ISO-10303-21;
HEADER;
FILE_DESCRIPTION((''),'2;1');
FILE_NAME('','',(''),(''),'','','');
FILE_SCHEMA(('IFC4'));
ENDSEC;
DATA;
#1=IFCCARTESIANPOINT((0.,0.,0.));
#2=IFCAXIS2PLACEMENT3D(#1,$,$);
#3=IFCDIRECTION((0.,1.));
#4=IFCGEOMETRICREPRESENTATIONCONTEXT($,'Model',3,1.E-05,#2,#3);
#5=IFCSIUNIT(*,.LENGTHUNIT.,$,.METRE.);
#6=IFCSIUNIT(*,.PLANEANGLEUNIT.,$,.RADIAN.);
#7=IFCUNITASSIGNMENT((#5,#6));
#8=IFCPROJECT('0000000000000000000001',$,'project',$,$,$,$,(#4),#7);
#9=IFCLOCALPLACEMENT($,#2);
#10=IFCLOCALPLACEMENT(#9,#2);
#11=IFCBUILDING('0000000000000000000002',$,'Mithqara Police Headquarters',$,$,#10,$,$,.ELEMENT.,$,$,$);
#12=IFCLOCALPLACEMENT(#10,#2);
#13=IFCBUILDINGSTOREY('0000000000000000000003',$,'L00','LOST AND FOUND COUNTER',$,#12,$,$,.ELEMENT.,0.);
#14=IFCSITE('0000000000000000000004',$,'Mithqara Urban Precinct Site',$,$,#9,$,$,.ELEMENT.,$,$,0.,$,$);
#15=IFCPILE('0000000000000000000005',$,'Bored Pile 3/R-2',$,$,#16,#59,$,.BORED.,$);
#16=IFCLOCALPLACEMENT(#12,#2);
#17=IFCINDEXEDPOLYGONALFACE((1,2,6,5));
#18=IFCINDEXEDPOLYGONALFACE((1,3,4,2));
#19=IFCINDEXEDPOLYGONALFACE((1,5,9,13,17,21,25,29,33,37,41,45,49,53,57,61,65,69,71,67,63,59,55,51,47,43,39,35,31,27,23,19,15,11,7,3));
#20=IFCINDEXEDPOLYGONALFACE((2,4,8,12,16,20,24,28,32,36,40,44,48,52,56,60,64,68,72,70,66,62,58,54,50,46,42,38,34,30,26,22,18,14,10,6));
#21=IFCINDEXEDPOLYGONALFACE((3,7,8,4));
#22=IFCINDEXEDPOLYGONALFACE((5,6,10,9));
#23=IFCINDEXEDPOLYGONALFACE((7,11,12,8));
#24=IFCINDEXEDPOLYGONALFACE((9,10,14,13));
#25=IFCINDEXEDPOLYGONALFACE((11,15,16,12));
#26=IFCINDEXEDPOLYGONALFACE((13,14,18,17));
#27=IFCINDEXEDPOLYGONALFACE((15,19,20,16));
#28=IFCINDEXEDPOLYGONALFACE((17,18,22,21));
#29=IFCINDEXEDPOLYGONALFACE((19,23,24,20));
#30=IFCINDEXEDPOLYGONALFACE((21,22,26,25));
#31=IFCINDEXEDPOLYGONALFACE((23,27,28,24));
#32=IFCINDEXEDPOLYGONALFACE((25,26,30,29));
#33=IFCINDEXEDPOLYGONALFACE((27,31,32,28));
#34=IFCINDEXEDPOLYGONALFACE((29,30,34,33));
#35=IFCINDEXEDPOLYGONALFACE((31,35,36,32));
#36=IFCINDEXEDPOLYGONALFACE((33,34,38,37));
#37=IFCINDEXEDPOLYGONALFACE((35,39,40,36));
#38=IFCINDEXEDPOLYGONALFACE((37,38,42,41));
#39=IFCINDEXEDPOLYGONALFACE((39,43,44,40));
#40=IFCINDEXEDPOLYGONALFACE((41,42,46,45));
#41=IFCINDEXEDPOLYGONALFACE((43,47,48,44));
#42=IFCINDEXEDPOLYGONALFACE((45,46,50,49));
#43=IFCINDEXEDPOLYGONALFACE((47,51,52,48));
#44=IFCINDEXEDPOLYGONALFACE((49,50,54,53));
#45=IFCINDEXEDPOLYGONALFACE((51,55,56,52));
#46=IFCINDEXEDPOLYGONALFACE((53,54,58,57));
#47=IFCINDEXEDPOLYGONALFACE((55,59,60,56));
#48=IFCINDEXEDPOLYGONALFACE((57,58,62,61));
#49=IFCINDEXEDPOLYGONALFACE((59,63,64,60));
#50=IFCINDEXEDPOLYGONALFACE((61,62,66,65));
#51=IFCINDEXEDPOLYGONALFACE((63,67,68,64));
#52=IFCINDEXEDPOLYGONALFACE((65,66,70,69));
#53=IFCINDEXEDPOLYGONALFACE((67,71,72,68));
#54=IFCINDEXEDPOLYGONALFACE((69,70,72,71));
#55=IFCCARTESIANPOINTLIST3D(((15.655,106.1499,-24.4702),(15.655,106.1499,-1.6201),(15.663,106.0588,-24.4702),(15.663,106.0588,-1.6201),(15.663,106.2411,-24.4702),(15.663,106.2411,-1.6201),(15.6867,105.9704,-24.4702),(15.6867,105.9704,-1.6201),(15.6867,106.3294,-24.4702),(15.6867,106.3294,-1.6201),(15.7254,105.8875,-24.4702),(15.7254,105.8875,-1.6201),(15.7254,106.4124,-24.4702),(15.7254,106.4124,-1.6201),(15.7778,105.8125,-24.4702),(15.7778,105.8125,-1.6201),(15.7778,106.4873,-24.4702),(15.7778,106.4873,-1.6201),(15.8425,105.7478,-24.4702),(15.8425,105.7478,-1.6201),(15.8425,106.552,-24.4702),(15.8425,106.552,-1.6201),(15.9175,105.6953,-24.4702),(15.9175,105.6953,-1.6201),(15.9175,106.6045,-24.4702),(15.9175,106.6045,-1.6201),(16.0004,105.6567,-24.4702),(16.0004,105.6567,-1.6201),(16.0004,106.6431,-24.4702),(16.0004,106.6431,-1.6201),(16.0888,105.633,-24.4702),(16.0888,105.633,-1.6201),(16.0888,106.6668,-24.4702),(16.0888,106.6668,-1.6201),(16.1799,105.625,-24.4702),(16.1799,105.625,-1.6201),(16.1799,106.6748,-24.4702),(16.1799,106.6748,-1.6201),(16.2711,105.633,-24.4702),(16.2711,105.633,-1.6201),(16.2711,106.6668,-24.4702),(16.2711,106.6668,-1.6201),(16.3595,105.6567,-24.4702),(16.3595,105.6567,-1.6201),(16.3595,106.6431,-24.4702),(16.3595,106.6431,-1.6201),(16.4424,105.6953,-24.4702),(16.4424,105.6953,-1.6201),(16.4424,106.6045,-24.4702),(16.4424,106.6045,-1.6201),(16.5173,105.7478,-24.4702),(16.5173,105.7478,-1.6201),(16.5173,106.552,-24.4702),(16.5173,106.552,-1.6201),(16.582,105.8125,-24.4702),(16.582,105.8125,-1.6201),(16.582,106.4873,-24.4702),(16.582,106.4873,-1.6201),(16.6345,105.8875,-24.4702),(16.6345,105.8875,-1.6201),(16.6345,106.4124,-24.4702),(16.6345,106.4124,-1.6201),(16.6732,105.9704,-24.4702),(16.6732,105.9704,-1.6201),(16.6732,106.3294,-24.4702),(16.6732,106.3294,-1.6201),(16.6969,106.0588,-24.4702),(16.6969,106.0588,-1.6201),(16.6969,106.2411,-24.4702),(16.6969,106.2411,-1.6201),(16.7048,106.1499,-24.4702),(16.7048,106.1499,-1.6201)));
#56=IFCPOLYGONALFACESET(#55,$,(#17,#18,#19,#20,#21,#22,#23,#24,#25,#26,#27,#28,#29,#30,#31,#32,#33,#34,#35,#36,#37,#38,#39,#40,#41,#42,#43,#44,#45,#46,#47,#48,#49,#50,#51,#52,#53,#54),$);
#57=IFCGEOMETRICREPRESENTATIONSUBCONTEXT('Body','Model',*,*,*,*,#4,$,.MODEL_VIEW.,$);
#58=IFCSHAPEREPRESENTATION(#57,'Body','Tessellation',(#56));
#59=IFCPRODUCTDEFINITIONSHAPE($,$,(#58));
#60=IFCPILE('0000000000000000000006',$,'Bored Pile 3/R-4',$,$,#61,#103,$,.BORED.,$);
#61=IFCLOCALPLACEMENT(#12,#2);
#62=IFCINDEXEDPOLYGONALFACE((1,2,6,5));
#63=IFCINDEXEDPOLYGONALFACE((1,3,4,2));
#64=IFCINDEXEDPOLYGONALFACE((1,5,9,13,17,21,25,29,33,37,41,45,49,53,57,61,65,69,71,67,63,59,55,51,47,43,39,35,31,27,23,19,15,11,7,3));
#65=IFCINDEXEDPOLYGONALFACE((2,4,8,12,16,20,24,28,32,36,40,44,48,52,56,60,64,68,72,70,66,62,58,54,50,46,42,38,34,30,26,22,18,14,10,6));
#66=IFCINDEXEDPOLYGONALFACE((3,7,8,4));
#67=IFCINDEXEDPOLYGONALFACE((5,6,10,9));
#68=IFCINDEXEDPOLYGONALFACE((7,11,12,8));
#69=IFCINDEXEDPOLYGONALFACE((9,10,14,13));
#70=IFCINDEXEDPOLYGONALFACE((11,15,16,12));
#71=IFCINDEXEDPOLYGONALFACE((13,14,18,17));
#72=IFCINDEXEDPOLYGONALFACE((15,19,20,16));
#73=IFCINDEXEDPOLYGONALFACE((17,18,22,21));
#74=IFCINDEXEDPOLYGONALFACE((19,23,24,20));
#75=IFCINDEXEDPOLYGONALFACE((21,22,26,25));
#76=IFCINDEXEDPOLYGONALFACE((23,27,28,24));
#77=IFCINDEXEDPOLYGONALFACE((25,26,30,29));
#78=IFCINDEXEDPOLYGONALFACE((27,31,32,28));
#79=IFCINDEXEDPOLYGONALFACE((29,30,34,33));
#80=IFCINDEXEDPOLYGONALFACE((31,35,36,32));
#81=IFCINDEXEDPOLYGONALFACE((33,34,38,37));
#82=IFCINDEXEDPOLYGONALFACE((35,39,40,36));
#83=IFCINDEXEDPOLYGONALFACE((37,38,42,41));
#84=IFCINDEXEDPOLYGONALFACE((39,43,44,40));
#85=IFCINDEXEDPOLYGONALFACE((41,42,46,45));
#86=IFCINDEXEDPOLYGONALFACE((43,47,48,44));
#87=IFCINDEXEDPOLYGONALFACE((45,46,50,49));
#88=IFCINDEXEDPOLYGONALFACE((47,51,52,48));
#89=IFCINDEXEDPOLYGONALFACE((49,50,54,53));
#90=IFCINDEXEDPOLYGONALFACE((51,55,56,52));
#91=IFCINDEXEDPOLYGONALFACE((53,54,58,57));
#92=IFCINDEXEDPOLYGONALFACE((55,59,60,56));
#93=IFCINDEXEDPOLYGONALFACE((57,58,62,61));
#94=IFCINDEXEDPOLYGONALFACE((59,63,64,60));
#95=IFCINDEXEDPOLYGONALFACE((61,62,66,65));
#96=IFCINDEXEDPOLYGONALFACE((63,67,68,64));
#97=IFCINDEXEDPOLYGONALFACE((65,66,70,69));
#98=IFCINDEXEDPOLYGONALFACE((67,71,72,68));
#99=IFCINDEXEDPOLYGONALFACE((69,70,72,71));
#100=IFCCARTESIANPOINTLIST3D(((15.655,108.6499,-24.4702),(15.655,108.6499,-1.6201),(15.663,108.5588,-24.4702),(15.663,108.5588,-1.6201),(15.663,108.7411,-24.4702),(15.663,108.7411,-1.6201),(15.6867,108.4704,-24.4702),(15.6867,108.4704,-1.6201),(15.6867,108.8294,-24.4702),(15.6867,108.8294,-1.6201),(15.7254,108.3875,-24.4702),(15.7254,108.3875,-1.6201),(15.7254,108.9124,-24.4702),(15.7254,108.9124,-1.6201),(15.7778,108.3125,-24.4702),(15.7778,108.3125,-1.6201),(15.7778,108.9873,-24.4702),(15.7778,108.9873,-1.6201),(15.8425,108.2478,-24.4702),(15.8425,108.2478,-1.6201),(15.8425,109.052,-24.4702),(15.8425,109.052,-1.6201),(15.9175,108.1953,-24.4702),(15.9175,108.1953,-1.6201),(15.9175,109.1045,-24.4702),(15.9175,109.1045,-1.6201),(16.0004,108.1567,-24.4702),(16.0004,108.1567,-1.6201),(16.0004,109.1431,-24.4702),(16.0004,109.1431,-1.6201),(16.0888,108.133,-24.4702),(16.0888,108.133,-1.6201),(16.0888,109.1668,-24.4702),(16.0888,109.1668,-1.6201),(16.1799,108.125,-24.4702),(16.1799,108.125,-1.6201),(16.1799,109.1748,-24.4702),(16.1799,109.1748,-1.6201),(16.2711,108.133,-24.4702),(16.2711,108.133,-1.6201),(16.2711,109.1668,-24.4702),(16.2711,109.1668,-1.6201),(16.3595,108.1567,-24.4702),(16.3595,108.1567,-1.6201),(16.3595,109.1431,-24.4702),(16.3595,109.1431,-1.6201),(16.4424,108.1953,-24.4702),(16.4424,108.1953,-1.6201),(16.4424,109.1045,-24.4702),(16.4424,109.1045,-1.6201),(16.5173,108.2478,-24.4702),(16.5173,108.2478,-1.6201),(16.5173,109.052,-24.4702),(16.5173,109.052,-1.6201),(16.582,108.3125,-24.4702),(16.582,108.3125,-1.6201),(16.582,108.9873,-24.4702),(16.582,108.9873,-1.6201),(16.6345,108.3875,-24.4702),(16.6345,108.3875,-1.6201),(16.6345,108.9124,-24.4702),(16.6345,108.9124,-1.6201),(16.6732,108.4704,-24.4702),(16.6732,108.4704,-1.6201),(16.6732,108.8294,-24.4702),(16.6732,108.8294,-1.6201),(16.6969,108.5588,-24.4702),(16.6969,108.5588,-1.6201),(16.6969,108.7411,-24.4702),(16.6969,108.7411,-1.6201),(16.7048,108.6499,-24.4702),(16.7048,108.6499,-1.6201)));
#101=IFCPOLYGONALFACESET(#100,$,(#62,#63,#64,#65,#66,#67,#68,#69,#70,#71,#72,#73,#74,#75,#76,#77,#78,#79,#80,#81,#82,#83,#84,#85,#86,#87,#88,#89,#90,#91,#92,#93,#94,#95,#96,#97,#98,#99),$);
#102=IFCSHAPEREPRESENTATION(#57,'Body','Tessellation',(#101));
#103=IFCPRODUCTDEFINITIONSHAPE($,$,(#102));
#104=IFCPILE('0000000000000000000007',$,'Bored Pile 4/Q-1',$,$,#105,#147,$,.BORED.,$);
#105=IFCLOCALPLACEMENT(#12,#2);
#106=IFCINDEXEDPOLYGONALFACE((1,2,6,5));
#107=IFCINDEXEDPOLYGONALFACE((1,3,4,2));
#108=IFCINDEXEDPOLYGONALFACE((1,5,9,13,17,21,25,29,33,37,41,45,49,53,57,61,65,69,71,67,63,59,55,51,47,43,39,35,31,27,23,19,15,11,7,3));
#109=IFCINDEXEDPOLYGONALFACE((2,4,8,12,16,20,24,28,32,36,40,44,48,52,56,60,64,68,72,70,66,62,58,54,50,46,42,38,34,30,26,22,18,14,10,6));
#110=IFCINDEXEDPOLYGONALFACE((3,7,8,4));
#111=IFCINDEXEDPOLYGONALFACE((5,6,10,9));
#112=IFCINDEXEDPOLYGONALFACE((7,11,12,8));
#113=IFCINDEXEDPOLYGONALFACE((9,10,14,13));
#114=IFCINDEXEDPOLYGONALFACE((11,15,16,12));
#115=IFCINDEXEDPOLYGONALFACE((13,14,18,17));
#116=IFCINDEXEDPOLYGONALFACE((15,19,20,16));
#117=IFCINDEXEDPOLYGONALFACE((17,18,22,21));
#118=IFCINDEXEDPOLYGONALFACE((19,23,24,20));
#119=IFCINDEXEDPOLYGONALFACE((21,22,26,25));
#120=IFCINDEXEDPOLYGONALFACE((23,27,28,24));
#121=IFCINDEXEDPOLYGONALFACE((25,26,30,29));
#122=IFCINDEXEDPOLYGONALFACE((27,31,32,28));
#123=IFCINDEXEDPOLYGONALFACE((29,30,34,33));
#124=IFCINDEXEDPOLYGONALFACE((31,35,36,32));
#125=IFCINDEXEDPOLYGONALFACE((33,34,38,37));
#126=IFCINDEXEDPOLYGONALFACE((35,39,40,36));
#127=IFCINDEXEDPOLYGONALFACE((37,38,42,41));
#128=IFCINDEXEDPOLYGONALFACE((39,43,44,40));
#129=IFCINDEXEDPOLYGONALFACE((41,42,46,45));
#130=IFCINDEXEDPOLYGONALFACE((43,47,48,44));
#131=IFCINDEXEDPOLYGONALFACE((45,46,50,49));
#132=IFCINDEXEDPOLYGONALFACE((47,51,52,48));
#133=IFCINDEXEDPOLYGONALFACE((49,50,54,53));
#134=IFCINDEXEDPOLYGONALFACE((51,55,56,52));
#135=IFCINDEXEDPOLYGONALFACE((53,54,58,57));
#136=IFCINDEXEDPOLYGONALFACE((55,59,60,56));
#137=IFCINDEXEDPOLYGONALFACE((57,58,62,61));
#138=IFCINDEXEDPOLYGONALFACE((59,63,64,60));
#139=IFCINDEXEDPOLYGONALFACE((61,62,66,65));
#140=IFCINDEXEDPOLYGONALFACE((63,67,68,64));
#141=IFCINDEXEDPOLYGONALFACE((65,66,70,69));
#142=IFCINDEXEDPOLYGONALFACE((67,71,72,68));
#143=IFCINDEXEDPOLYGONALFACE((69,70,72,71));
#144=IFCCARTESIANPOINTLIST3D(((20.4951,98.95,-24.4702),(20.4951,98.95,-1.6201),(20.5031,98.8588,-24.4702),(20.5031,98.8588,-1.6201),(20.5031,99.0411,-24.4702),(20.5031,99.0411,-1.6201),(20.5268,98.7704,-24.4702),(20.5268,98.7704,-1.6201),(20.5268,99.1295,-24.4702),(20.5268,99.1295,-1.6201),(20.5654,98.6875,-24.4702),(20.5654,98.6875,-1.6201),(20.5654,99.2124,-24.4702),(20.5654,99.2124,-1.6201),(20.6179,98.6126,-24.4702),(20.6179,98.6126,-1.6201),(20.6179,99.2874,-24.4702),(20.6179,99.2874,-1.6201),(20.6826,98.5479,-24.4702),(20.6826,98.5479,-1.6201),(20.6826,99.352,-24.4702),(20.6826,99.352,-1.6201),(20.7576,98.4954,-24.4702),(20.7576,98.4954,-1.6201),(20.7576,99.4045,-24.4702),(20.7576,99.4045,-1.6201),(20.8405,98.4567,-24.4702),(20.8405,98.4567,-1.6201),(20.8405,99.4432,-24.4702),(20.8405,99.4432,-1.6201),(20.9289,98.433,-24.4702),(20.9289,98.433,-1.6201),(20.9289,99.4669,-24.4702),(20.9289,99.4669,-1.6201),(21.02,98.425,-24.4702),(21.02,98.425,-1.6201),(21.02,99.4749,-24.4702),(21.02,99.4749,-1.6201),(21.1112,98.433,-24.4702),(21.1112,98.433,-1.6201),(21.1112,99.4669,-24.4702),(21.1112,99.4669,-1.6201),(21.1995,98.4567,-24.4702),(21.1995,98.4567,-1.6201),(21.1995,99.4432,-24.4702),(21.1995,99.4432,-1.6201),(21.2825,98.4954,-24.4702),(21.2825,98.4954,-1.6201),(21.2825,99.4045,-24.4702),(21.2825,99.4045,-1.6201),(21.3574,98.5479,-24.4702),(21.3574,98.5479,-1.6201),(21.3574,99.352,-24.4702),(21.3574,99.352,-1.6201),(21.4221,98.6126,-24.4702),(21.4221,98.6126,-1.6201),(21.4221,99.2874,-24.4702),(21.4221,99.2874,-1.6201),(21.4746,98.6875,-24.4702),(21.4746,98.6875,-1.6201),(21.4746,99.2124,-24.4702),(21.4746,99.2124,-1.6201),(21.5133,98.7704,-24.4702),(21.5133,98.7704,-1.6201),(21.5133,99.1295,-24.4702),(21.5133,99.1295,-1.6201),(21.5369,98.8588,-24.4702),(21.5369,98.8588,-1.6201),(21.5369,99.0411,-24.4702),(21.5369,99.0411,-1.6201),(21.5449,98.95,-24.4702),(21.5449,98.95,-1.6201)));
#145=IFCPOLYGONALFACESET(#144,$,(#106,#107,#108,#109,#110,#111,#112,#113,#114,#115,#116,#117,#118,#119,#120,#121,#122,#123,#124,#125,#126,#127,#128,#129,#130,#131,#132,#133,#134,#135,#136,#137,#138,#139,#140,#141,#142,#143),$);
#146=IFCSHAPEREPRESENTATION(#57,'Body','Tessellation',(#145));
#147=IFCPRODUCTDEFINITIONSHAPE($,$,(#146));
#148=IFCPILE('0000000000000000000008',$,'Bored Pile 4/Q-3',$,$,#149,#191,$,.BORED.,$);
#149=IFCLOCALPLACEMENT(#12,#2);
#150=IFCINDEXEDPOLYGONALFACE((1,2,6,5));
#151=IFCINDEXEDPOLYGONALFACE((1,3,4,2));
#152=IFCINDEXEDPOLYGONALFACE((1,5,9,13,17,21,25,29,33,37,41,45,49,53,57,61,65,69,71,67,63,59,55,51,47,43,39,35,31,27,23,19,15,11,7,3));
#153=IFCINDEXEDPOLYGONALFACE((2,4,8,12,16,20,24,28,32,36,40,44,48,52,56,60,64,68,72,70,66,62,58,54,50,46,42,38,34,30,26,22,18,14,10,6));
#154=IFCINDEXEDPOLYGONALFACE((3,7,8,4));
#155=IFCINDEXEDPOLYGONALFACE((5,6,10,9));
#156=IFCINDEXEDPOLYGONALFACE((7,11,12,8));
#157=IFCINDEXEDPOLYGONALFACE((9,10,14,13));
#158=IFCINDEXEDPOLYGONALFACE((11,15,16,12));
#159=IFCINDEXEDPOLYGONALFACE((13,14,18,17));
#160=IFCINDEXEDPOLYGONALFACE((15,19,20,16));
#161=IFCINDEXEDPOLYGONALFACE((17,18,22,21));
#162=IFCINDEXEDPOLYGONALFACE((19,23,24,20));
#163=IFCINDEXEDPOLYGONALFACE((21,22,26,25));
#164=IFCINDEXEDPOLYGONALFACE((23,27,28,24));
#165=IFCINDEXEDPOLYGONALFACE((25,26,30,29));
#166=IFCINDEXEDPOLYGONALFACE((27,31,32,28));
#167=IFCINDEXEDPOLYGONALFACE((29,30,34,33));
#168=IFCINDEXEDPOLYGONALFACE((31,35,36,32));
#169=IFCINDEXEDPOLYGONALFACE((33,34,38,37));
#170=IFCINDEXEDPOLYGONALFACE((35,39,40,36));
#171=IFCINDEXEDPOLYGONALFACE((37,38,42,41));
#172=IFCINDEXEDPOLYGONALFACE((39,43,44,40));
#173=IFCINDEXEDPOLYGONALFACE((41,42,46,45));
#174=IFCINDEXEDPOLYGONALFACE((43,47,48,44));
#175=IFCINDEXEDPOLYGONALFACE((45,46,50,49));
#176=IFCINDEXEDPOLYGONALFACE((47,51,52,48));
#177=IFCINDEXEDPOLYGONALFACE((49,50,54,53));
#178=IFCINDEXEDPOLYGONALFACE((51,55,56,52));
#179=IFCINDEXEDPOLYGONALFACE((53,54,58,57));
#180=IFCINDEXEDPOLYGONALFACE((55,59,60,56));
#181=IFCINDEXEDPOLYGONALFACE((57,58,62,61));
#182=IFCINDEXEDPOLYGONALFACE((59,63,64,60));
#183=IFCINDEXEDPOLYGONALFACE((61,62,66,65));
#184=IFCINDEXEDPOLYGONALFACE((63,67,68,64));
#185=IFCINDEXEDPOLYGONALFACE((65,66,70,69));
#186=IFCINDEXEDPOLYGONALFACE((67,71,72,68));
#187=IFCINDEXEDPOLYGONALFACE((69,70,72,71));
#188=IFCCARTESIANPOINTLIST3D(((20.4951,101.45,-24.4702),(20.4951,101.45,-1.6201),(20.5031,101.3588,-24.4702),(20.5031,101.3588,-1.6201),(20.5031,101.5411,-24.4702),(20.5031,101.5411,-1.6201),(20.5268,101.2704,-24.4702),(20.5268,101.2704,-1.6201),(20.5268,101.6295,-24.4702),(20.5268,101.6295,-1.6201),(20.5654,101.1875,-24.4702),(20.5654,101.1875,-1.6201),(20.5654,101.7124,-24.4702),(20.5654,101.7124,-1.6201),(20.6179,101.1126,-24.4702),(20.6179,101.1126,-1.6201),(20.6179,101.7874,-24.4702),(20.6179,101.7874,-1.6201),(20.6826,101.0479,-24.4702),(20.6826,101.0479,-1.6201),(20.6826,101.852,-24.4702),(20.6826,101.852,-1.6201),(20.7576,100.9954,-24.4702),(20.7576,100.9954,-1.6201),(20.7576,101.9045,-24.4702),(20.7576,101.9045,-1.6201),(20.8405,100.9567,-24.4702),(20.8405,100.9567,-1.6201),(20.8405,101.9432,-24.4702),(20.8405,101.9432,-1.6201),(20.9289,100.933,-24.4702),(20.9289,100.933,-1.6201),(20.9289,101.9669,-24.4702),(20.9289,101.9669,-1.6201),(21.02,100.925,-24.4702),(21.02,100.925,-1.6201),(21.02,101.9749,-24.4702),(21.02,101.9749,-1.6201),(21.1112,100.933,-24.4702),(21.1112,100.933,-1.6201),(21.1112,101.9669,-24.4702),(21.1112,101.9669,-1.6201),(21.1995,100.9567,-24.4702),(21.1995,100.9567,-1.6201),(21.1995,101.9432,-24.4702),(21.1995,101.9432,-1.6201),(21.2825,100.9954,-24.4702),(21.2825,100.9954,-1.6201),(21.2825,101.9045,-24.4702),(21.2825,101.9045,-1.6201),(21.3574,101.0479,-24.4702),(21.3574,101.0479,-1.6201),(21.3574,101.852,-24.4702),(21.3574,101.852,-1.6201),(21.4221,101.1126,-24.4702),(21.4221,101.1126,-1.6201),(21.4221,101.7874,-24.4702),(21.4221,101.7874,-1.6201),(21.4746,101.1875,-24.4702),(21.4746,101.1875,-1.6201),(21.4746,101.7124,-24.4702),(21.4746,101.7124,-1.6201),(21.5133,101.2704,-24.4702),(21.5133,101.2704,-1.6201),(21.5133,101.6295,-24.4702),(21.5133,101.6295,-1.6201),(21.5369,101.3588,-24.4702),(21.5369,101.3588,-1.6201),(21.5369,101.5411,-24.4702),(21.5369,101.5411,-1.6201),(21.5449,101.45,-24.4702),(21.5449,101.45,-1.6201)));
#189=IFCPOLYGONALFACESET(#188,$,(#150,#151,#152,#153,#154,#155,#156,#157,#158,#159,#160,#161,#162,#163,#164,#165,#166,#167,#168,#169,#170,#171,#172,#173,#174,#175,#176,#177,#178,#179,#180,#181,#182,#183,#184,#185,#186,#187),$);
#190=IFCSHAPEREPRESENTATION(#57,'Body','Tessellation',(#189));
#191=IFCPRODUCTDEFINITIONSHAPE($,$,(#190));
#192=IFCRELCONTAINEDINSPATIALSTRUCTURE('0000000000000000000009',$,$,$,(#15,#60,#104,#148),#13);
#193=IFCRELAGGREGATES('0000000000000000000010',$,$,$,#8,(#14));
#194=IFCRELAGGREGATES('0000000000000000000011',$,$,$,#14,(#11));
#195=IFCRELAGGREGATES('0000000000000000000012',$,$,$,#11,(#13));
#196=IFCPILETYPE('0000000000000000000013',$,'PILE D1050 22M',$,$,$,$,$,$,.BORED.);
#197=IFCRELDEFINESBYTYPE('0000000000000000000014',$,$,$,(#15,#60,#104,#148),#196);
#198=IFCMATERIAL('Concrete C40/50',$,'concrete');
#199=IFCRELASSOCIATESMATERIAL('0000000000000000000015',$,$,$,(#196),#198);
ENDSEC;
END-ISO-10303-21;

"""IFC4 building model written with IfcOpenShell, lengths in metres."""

from ifc_helpers import new_model, si_unit, direction, frame, origin, origin_2d, place, context, subcontext, project, spatial, circle, extrude, material, material_profile, profile_set, type_object, element, save


model = new_model("IFC4")

# Units and contexts
model_context = context("Model", 3, precision=1e-05, world=origin(), true_north=direction((0.0, 1.0)))
body_context = subcontext(model_context, "Body", "Model", "MODEL_VIEW")
ifc_project = project(units=[si_unit("LENGTHUNIT", "METRE"), si_unit("PLANEANGLEUNIT", "RADIAN")], contexts=[model_context])

# Site, building, storey
site_placement = place(None, origin())
site = spatial("IfcSite", under=ifc_project, at=site_placement, Name="Mithqara Urban Precinct Site", CompositionType="ELEMENT", RefElevation=0.0)
building_placement = place(site_placement, origin())
building = spatial("IfcBuilding", under=site, at=building_placement, Name="Mithqara Police Headquarters", CompositionType="ELEMENT")
storey_placement = place(building_placement, origin())
storey = spatial("IfcBuildingStorey", under=building, at=storey_placement, Name="L00", Description="LOST AND FOUND COUNTER", CompositionType="ELEMENT", Elevation=0.0)

# Shared definitions
ifc_material_1 = material(Name="Concrete C40/50", Category="concrete")

# Piles
ifc_material_profile_1 = material_profile(ifc_material_1, circle(Radius=0.5249, at=origin_2d()), Name="PILE D1050")
ifc_profile_set_1 = profile_set([ifc_material_profile_1], Name="Concrete C40/50")
pile_type = type_object("IfcPileType", Name="PILE D1050 22M", PredefinedType="BORED", material=ifc_profile_set_1)
for number, where, z_axis, x_axis, name in (
    (1, (16.1799, 106.1499, -1.6201), (0.0, 0.0, -1.0), (1.0, 0.0, 0.0), "Bored Pile 3/R-2"),
    (2, (16.1799, 108.6499, -1.6201), (0.0, 0.0, -1.0), (1.0, 0.0, 0.0), "Bored Pile 3/R-4"),
    (3, (21.02, 98.95, -1.6201), (0.0, 0.0, -1.0), (1.0, 0.0, 0.0), "Bored Pile 4/Q-1"),
    (4, (21.02, 101.45, -1.6201), (0.0, 0.0, -1.0), (1.0, 0.0, 0.0), "Bored Pile 4/Q-3"),
):
    element("IfcPile", number, at=place(storey_placement, frame(where, z_axis=z_axis, x_axis=x_axis)), inside=storey, type_object=pile_type, Name=name, PredefinedType="BORED", context=body_context, shape_type="SweptSolid", body=[
        extrude(circle(Radius=0.5249, at=origin_2d()), origin(), (0.0, 0.0, 1.0), 22.8501),
    ])

save(model, "model.ifc")
